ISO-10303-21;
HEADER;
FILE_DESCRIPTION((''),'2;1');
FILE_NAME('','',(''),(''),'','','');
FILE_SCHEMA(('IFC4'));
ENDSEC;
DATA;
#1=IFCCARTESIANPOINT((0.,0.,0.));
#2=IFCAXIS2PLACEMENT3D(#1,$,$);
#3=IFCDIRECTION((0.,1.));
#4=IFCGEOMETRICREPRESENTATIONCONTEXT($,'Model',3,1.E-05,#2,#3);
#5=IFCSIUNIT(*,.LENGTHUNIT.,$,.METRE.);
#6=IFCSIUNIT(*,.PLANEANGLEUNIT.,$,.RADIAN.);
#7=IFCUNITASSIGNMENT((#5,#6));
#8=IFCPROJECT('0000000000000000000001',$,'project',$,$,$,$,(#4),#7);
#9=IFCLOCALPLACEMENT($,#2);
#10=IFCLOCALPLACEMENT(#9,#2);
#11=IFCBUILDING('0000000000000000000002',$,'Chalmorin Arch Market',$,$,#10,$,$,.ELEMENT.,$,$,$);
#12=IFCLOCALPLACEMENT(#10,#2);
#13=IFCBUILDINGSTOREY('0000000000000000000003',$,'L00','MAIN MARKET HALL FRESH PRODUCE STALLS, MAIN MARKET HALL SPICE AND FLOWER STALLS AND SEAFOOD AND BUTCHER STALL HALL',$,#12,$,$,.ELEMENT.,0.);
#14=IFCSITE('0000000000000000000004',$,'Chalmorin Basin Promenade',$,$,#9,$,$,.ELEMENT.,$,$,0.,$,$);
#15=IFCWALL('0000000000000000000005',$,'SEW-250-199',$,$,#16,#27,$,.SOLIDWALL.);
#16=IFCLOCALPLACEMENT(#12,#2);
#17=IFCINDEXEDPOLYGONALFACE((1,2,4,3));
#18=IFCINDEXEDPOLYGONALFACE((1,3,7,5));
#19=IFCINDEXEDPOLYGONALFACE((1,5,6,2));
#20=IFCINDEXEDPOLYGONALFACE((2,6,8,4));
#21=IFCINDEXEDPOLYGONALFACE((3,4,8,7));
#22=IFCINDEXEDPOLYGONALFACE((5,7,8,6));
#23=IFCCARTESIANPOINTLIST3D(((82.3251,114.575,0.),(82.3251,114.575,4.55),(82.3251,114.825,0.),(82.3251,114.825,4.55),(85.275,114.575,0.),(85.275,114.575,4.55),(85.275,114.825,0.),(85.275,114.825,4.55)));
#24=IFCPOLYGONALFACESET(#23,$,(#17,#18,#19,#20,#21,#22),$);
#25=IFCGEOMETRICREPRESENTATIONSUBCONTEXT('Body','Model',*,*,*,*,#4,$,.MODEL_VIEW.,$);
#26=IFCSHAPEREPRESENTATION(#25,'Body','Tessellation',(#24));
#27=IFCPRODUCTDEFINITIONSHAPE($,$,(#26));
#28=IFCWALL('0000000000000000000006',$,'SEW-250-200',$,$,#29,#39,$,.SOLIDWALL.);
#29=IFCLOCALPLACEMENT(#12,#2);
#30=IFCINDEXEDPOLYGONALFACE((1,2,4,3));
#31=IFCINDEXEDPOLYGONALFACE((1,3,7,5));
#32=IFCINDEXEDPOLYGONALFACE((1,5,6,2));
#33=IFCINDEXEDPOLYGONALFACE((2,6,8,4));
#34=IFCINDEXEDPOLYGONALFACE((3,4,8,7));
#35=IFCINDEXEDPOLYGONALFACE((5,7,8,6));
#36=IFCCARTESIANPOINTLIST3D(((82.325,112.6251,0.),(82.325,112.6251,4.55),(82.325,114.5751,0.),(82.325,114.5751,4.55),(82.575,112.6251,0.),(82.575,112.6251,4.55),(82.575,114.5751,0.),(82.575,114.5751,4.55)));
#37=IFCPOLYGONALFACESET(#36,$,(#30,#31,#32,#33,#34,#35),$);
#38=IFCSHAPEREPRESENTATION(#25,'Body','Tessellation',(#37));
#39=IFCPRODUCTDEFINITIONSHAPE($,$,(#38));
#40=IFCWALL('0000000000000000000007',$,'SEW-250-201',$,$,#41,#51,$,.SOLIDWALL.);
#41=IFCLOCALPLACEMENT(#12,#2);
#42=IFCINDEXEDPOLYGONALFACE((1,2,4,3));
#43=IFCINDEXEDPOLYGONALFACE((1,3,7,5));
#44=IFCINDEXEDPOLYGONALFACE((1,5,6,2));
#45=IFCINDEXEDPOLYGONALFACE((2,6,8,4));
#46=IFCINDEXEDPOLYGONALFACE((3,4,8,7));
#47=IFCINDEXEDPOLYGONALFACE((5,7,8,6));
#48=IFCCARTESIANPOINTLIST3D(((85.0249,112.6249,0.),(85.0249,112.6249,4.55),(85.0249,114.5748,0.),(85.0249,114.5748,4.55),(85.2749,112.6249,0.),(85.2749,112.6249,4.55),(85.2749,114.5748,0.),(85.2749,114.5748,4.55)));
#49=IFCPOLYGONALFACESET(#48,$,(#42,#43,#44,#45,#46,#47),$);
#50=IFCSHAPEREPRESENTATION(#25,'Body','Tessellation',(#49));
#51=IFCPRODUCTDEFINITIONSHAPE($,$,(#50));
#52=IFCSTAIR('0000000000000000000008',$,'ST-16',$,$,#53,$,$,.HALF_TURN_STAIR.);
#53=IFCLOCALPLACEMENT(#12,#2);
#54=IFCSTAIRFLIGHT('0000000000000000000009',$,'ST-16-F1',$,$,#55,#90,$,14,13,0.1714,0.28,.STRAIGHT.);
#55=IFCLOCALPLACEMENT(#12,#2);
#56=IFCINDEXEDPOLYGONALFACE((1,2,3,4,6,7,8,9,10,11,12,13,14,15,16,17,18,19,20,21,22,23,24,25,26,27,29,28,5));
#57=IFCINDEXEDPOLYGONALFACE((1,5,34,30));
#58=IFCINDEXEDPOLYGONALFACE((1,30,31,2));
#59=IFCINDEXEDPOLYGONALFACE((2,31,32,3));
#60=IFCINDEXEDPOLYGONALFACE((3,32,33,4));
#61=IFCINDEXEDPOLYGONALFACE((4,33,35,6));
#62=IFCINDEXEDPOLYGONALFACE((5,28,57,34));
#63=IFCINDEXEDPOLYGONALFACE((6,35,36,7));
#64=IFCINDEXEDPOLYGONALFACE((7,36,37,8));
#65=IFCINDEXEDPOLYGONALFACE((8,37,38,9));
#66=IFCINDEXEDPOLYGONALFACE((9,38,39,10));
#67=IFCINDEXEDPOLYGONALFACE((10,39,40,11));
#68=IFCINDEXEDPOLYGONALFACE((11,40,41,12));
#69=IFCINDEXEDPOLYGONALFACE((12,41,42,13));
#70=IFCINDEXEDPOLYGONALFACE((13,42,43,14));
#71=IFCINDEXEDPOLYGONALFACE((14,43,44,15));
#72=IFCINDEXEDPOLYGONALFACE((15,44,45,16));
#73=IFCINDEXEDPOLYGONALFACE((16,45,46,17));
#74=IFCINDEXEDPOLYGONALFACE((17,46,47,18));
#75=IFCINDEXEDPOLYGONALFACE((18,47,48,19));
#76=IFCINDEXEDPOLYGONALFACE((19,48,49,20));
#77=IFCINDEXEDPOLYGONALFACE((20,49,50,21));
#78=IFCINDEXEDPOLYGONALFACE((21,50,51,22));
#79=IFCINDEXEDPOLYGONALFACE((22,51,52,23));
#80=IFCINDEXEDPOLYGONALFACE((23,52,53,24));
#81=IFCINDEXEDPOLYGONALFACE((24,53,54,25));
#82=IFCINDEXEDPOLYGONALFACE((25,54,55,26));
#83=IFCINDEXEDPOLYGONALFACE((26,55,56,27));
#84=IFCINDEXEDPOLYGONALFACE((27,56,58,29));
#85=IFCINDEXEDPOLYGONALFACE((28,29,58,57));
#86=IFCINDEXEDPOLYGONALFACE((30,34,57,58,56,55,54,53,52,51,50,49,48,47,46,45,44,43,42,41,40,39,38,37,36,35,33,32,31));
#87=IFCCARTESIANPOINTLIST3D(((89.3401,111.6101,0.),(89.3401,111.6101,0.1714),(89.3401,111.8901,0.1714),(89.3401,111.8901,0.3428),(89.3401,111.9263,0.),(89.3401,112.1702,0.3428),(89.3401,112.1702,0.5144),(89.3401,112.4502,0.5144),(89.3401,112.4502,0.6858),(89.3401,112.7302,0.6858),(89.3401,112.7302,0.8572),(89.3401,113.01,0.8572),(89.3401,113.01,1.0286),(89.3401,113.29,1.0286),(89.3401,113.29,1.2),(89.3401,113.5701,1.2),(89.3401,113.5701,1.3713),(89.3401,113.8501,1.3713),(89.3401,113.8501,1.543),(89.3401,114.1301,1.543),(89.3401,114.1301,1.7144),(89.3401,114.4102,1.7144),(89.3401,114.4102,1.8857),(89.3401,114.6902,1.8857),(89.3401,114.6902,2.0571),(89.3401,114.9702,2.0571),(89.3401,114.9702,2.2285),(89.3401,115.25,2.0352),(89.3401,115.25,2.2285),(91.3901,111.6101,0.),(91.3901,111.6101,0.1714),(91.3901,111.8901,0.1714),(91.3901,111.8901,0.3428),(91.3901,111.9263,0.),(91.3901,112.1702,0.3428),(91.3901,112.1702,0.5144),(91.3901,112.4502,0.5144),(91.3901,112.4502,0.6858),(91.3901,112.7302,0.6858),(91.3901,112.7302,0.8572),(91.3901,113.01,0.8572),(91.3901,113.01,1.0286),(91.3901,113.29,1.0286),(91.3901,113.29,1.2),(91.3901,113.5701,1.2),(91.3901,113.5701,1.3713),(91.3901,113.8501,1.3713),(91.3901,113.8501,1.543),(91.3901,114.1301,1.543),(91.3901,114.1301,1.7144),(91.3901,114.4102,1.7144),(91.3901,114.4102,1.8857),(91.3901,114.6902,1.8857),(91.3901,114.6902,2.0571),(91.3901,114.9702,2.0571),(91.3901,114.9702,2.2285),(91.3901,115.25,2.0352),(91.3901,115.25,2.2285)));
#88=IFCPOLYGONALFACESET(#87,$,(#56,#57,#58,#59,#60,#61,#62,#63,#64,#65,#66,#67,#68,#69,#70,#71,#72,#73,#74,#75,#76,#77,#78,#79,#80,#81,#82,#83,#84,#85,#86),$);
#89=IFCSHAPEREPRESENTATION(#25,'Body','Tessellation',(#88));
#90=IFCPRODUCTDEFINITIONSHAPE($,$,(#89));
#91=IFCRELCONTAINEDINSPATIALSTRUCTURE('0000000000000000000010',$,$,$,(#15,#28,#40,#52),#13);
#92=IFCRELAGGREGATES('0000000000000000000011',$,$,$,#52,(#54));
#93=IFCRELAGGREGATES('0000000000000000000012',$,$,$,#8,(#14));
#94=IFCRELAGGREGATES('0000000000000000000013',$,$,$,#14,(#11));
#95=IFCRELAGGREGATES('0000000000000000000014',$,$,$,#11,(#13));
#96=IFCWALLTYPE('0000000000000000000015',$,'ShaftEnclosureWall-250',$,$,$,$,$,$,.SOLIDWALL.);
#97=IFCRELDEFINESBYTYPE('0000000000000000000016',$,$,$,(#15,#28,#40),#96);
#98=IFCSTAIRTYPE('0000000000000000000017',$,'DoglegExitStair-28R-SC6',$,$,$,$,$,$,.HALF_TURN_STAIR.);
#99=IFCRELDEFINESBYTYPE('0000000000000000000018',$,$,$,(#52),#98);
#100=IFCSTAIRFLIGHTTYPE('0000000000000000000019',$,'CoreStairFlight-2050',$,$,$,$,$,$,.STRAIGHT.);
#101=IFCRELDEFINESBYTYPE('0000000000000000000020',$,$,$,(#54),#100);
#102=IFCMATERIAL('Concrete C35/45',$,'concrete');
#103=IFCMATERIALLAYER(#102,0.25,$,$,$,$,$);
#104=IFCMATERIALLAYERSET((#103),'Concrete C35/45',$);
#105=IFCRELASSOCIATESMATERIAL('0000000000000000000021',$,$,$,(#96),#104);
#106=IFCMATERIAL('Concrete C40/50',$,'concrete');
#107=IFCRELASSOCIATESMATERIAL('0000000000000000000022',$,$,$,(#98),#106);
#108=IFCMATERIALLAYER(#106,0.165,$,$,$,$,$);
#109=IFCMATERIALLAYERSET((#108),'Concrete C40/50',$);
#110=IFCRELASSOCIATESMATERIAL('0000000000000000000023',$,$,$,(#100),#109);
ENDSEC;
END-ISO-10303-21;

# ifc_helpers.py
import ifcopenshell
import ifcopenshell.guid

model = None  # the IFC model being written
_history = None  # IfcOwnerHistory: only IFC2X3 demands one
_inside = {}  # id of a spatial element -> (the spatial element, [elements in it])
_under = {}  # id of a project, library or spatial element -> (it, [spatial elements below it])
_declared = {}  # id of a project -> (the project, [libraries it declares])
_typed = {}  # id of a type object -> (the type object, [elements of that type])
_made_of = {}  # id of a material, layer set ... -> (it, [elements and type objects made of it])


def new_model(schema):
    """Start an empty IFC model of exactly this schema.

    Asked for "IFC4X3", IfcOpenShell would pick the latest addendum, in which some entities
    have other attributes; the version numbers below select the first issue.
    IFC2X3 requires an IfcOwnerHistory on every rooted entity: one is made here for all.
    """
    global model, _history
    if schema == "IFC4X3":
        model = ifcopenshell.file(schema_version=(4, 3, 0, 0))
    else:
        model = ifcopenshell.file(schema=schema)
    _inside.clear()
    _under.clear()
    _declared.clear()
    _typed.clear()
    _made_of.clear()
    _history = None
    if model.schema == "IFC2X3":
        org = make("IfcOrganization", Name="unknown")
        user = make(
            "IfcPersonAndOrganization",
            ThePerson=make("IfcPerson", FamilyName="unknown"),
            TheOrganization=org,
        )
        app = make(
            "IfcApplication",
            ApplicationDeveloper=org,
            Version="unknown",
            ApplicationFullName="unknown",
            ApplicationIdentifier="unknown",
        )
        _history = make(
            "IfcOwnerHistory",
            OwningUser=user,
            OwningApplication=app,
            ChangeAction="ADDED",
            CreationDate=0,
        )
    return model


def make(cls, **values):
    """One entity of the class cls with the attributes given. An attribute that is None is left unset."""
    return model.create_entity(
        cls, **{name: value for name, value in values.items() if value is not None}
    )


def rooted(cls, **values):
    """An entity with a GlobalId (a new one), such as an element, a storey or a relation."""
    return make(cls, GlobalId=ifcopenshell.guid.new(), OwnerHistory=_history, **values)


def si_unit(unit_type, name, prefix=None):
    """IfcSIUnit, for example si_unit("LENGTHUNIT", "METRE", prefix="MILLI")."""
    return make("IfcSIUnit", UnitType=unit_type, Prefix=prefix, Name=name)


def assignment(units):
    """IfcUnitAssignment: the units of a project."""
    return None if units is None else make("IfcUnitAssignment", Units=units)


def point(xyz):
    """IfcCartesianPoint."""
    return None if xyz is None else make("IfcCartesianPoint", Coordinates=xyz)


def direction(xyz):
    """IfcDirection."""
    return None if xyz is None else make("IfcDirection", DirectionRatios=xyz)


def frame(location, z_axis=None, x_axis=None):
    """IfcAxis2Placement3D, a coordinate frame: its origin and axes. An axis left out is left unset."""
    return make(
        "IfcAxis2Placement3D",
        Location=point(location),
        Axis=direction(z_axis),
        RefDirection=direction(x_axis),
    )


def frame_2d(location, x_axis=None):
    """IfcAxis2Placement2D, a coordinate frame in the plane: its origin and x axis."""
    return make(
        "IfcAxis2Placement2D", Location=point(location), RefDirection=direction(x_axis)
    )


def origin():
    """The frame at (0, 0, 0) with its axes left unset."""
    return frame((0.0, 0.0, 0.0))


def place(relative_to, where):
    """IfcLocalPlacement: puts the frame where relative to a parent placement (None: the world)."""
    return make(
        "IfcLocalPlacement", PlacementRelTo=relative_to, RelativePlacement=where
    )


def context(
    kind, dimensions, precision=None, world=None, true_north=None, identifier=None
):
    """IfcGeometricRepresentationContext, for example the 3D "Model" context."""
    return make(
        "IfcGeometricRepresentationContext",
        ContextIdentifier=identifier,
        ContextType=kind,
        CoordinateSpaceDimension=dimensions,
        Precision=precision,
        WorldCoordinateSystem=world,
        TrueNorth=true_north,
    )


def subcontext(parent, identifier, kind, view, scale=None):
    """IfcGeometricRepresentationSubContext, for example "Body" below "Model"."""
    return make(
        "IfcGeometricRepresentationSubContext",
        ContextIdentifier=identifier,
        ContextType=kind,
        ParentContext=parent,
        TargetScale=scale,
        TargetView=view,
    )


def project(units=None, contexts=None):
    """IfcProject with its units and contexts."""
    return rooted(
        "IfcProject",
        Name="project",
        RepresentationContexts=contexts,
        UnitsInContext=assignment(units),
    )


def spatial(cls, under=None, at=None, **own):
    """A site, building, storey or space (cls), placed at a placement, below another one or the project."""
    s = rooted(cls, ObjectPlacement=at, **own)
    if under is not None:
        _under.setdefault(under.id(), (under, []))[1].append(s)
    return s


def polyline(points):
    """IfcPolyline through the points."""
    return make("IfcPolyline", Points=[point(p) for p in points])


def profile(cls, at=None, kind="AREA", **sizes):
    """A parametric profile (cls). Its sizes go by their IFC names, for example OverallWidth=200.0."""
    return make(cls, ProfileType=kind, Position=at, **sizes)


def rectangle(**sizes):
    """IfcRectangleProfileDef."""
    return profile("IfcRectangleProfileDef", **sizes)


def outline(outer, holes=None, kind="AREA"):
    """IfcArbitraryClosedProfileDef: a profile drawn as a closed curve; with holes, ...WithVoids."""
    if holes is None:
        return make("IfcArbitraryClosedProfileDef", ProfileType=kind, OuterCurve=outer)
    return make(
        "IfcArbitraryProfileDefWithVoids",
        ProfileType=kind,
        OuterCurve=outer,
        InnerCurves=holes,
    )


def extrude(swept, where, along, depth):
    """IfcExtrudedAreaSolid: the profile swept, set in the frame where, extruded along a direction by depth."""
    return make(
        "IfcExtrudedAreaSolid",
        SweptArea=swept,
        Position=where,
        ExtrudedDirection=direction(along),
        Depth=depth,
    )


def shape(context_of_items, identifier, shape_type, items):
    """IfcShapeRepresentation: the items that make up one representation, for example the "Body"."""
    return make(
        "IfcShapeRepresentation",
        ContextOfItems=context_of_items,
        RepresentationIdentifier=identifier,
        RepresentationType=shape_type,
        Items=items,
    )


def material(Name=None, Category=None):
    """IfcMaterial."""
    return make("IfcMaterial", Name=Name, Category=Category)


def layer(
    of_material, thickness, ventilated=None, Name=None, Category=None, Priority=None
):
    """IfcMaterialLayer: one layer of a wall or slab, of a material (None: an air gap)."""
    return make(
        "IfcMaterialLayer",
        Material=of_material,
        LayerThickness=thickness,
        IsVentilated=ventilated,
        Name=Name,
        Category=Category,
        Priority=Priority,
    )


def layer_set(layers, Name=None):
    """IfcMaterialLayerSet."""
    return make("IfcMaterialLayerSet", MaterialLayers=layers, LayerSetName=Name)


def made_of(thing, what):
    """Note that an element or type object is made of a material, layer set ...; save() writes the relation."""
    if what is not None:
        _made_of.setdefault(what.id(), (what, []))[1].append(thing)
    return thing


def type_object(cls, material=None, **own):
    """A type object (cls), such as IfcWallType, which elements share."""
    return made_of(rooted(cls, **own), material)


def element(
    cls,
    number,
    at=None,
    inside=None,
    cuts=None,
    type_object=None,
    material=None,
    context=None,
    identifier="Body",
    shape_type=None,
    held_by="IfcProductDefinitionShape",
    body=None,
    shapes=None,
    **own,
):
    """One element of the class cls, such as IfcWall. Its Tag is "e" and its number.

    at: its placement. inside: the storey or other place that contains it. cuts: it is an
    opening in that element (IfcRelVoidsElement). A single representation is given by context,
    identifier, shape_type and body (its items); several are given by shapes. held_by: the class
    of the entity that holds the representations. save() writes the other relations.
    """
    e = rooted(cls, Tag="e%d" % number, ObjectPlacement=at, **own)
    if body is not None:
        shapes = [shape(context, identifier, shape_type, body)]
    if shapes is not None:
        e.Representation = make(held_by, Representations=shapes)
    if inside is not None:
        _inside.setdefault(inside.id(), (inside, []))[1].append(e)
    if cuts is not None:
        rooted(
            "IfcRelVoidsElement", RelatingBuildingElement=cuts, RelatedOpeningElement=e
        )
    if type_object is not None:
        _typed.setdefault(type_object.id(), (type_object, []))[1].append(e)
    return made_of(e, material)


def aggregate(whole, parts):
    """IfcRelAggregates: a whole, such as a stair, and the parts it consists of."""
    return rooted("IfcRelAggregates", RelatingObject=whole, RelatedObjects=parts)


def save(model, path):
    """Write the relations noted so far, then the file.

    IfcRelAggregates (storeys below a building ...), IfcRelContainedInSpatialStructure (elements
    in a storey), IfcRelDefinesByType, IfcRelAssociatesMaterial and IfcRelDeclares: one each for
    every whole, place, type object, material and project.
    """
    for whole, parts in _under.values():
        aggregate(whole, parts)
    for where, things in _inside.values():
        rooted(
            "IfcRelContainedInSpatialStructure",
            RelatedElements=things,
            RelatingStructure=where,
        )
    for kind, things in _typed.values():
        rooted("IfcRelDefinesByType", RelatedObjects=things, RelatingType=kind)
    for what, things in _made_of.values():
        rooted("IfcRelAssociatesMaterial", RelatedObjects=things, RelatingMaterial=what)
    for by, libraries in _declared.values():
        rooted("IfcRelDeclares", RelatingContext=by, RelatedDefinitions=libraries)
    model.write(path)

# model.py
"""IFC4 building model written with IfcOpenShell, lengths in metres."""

from ifc_helpers import new_model, si_unit, direction, frame, frame_2d, origin, place, context, subcontext, project, spatial, polyline, rectangle, outline, extrude, material, layer, layer_set, type_object, element, aggregate, save


model = new_model("IFC4")

# Units and contexts
model_context = context("Model", 3, precision=1e-05, world=origin(), true_north=direction((0.0, 1.0)))
body_context = subcontext(model_context, "Body", "Model", "MODEL_VIEW")
ifc_project = project(units=[si_unit("LENGTHUNIT", "METRE"), si_unit("PLANEANGLEUNIT", "RADIAN")], contexts=[model_context])

# Site, building, storey
site_placement = place(None, origin())
site = spatial("IfcSite", under=ifc_project, at=site_placement, Name="Chalmorin Basin Promenade", CompositionType="ELEMENT", RefElevation=0.0)
building_placement = place(site_placement, origin())
building = spatial("IfcBuilding", under=site, at=building_placement, Name="Chalmorin Arch Market", CompositionType="ELEMENT")
storey_placement = place(building_placement, origin())
storey = spatial("IfcBuildingStorey", under=building, at=storey_placement, Name="L00", Description="MAIN MARKET HALL FRESH PRODUCE STALLS, MAIN MARKET HALL SPICE AND FLOWER STALLS AND SEAFOOD AND BUTCHER STALL HALL", CompositionType="ELEMENT", Elevation=0.0)

# Shared definitions
ifc_material_1 = material(Name="Concrete C40/50", Category="concrete")

# Shared definitions
ifc_material_2 = material(Name="Concrete C35/45", Category="concrete")
ifc_layer_1 = layer(ifc_material_2, 0.25)
ifc_layer_set_1 = layer_set([ifc_layer_1], Name="Concrete C35/45")
wall_type_1 = type_object("IfcWallType", Name="ShaftEnclosureWall-250", PredefinedType="SOLIDWALL", material=ifc_layer_set_1)

# Walls
wall_1_placement = place(storey_placement, frame((82.325, 114.7, 0.0), z_axis=(0.0, 0.0, 1.0), x_axis=(1.0, 0.0, 0.0)))
element("IfcWall", 1, at=wall_1_placement, inside=storey, type_object=wall_type_1, Name="SEW-250-199", PredefinedType="SOLIDWALL", context=body_context, shape_type="SweptSolid", body=[
    extrude(rectangle(XDim=2.95, YDim=0.25, at=frame_2d((1.4751, 0.0))), origin(), (0.0, 0.0, 1.0), 4.55),
])
for number, where, z_axis, x_axis, name in (
    (2, (82.45, 112.625, 0.0), (0.0, 0.0, 1.0), (0.0, 1.0, 0.0), "SEW-250-200"),
    (3, (85.1499, 114.575, 0.0), (0.0, 0.0, 1.0), (0.0, -1.0, 0.0), "SEW-250-201"),
):
    element("IfcWall", number, at=place(storey_placement, frame(where, z_axis=z_axis, x_axis=x_axis)), inside=storey, type_object=wall_type_1, Name=name, PredefinedType="SOLIDWALL", context=body_context, shape_type="SweptSolid", body=[
        extrude(rectangle(XDim=1.95, YDim=0.25, at=frame_2d((0.9751, 0.0))), origin(), (0.0, 0.0, 1.0), 4.55),
    ])

# Stair, stair flight
stair_type = type_object("IfcStairType", Name="DoglegExitStair-28R-SC6", PredefinedType="HALF_TURN_STAIR", material=ifc_material_1)
stair_placement = place(storey_placement, origin())
stair = element("IfcStair", 4, at=stair_placement, inside=storey, type_object=stair_type, Name="ST-16", PredefinedType="HALF_TURN_STAIR")
ifc_layer_2 = layer(ifc_material_1, 0.165)
ifc_layer_set_2 = layer_set([ifc_layer_2], Name="Concrete C40/50")
stair_flight_type = type_object("IfcStairFlightType", Name="CoreStairFlight-2050", PredefinedType="STRAIGHT", material=ifc_layer_set_2)
stair_flight_placement = place(storey_placement, frame((90.365, 111.6101, 0.0), z_axis=(0.0, 0.0, 1.0), x_axis=(0.0, 1.0, 0.0)))
stair_flight = element("IfcStairFlight", 5, at=stair_flight_placement, type_object=stair_flight_type, Name="ST-16-F1", NumberOfRisers=14, NumberOfTreads=13, PredefinedType="STRAIGHT", RiserHeight=0.1714, TreadLength=0.28, context=body_context, shape_type="SweptSolid", body=[
    extrude(outline(polyline([(0.0, 0.0), (0.0, 0.1714), (0.28, 0.1714), (0.28, 0.3428), (0.5601, 0.3428), (0.5601, 0.5144), (0.8401, 0.5144), (0.8401, 0.6858), (1.1201, 0.6858), (1.1201, 0.8572), (1.3999, 0.8572), (1.3999, 1.0286), (1.6799, 1.0286), (1.6799, 1.2), (1.96, 1.2), (1.96, 1.3713), (2.24, 1.3713), (2.24, 1.543), (2.52, 1.543), (2.52, 1.7144), (2.8, 1.7144), (2.8, 1.8857), (3.0801, 1.8857), (3.0801, 2.0571), (3.3601, 2.0571), (3.3601, 2.2285), (3.6399, 2.2285), (3.6399, 2.3999), (3.6399, 2.0352), (0.3162, 0.0), (0.0, 0.0)])), frame((0.0, 1.0249, 0.0), z_axis=(0.0, -1.0, 0.0), x_axis=(1.0, 0.0, 0.0)), (0.0, 0.0, 1.0), 2.05),
])
aggregate(stair, [stair_flight])

save(model, "model.ifc")
